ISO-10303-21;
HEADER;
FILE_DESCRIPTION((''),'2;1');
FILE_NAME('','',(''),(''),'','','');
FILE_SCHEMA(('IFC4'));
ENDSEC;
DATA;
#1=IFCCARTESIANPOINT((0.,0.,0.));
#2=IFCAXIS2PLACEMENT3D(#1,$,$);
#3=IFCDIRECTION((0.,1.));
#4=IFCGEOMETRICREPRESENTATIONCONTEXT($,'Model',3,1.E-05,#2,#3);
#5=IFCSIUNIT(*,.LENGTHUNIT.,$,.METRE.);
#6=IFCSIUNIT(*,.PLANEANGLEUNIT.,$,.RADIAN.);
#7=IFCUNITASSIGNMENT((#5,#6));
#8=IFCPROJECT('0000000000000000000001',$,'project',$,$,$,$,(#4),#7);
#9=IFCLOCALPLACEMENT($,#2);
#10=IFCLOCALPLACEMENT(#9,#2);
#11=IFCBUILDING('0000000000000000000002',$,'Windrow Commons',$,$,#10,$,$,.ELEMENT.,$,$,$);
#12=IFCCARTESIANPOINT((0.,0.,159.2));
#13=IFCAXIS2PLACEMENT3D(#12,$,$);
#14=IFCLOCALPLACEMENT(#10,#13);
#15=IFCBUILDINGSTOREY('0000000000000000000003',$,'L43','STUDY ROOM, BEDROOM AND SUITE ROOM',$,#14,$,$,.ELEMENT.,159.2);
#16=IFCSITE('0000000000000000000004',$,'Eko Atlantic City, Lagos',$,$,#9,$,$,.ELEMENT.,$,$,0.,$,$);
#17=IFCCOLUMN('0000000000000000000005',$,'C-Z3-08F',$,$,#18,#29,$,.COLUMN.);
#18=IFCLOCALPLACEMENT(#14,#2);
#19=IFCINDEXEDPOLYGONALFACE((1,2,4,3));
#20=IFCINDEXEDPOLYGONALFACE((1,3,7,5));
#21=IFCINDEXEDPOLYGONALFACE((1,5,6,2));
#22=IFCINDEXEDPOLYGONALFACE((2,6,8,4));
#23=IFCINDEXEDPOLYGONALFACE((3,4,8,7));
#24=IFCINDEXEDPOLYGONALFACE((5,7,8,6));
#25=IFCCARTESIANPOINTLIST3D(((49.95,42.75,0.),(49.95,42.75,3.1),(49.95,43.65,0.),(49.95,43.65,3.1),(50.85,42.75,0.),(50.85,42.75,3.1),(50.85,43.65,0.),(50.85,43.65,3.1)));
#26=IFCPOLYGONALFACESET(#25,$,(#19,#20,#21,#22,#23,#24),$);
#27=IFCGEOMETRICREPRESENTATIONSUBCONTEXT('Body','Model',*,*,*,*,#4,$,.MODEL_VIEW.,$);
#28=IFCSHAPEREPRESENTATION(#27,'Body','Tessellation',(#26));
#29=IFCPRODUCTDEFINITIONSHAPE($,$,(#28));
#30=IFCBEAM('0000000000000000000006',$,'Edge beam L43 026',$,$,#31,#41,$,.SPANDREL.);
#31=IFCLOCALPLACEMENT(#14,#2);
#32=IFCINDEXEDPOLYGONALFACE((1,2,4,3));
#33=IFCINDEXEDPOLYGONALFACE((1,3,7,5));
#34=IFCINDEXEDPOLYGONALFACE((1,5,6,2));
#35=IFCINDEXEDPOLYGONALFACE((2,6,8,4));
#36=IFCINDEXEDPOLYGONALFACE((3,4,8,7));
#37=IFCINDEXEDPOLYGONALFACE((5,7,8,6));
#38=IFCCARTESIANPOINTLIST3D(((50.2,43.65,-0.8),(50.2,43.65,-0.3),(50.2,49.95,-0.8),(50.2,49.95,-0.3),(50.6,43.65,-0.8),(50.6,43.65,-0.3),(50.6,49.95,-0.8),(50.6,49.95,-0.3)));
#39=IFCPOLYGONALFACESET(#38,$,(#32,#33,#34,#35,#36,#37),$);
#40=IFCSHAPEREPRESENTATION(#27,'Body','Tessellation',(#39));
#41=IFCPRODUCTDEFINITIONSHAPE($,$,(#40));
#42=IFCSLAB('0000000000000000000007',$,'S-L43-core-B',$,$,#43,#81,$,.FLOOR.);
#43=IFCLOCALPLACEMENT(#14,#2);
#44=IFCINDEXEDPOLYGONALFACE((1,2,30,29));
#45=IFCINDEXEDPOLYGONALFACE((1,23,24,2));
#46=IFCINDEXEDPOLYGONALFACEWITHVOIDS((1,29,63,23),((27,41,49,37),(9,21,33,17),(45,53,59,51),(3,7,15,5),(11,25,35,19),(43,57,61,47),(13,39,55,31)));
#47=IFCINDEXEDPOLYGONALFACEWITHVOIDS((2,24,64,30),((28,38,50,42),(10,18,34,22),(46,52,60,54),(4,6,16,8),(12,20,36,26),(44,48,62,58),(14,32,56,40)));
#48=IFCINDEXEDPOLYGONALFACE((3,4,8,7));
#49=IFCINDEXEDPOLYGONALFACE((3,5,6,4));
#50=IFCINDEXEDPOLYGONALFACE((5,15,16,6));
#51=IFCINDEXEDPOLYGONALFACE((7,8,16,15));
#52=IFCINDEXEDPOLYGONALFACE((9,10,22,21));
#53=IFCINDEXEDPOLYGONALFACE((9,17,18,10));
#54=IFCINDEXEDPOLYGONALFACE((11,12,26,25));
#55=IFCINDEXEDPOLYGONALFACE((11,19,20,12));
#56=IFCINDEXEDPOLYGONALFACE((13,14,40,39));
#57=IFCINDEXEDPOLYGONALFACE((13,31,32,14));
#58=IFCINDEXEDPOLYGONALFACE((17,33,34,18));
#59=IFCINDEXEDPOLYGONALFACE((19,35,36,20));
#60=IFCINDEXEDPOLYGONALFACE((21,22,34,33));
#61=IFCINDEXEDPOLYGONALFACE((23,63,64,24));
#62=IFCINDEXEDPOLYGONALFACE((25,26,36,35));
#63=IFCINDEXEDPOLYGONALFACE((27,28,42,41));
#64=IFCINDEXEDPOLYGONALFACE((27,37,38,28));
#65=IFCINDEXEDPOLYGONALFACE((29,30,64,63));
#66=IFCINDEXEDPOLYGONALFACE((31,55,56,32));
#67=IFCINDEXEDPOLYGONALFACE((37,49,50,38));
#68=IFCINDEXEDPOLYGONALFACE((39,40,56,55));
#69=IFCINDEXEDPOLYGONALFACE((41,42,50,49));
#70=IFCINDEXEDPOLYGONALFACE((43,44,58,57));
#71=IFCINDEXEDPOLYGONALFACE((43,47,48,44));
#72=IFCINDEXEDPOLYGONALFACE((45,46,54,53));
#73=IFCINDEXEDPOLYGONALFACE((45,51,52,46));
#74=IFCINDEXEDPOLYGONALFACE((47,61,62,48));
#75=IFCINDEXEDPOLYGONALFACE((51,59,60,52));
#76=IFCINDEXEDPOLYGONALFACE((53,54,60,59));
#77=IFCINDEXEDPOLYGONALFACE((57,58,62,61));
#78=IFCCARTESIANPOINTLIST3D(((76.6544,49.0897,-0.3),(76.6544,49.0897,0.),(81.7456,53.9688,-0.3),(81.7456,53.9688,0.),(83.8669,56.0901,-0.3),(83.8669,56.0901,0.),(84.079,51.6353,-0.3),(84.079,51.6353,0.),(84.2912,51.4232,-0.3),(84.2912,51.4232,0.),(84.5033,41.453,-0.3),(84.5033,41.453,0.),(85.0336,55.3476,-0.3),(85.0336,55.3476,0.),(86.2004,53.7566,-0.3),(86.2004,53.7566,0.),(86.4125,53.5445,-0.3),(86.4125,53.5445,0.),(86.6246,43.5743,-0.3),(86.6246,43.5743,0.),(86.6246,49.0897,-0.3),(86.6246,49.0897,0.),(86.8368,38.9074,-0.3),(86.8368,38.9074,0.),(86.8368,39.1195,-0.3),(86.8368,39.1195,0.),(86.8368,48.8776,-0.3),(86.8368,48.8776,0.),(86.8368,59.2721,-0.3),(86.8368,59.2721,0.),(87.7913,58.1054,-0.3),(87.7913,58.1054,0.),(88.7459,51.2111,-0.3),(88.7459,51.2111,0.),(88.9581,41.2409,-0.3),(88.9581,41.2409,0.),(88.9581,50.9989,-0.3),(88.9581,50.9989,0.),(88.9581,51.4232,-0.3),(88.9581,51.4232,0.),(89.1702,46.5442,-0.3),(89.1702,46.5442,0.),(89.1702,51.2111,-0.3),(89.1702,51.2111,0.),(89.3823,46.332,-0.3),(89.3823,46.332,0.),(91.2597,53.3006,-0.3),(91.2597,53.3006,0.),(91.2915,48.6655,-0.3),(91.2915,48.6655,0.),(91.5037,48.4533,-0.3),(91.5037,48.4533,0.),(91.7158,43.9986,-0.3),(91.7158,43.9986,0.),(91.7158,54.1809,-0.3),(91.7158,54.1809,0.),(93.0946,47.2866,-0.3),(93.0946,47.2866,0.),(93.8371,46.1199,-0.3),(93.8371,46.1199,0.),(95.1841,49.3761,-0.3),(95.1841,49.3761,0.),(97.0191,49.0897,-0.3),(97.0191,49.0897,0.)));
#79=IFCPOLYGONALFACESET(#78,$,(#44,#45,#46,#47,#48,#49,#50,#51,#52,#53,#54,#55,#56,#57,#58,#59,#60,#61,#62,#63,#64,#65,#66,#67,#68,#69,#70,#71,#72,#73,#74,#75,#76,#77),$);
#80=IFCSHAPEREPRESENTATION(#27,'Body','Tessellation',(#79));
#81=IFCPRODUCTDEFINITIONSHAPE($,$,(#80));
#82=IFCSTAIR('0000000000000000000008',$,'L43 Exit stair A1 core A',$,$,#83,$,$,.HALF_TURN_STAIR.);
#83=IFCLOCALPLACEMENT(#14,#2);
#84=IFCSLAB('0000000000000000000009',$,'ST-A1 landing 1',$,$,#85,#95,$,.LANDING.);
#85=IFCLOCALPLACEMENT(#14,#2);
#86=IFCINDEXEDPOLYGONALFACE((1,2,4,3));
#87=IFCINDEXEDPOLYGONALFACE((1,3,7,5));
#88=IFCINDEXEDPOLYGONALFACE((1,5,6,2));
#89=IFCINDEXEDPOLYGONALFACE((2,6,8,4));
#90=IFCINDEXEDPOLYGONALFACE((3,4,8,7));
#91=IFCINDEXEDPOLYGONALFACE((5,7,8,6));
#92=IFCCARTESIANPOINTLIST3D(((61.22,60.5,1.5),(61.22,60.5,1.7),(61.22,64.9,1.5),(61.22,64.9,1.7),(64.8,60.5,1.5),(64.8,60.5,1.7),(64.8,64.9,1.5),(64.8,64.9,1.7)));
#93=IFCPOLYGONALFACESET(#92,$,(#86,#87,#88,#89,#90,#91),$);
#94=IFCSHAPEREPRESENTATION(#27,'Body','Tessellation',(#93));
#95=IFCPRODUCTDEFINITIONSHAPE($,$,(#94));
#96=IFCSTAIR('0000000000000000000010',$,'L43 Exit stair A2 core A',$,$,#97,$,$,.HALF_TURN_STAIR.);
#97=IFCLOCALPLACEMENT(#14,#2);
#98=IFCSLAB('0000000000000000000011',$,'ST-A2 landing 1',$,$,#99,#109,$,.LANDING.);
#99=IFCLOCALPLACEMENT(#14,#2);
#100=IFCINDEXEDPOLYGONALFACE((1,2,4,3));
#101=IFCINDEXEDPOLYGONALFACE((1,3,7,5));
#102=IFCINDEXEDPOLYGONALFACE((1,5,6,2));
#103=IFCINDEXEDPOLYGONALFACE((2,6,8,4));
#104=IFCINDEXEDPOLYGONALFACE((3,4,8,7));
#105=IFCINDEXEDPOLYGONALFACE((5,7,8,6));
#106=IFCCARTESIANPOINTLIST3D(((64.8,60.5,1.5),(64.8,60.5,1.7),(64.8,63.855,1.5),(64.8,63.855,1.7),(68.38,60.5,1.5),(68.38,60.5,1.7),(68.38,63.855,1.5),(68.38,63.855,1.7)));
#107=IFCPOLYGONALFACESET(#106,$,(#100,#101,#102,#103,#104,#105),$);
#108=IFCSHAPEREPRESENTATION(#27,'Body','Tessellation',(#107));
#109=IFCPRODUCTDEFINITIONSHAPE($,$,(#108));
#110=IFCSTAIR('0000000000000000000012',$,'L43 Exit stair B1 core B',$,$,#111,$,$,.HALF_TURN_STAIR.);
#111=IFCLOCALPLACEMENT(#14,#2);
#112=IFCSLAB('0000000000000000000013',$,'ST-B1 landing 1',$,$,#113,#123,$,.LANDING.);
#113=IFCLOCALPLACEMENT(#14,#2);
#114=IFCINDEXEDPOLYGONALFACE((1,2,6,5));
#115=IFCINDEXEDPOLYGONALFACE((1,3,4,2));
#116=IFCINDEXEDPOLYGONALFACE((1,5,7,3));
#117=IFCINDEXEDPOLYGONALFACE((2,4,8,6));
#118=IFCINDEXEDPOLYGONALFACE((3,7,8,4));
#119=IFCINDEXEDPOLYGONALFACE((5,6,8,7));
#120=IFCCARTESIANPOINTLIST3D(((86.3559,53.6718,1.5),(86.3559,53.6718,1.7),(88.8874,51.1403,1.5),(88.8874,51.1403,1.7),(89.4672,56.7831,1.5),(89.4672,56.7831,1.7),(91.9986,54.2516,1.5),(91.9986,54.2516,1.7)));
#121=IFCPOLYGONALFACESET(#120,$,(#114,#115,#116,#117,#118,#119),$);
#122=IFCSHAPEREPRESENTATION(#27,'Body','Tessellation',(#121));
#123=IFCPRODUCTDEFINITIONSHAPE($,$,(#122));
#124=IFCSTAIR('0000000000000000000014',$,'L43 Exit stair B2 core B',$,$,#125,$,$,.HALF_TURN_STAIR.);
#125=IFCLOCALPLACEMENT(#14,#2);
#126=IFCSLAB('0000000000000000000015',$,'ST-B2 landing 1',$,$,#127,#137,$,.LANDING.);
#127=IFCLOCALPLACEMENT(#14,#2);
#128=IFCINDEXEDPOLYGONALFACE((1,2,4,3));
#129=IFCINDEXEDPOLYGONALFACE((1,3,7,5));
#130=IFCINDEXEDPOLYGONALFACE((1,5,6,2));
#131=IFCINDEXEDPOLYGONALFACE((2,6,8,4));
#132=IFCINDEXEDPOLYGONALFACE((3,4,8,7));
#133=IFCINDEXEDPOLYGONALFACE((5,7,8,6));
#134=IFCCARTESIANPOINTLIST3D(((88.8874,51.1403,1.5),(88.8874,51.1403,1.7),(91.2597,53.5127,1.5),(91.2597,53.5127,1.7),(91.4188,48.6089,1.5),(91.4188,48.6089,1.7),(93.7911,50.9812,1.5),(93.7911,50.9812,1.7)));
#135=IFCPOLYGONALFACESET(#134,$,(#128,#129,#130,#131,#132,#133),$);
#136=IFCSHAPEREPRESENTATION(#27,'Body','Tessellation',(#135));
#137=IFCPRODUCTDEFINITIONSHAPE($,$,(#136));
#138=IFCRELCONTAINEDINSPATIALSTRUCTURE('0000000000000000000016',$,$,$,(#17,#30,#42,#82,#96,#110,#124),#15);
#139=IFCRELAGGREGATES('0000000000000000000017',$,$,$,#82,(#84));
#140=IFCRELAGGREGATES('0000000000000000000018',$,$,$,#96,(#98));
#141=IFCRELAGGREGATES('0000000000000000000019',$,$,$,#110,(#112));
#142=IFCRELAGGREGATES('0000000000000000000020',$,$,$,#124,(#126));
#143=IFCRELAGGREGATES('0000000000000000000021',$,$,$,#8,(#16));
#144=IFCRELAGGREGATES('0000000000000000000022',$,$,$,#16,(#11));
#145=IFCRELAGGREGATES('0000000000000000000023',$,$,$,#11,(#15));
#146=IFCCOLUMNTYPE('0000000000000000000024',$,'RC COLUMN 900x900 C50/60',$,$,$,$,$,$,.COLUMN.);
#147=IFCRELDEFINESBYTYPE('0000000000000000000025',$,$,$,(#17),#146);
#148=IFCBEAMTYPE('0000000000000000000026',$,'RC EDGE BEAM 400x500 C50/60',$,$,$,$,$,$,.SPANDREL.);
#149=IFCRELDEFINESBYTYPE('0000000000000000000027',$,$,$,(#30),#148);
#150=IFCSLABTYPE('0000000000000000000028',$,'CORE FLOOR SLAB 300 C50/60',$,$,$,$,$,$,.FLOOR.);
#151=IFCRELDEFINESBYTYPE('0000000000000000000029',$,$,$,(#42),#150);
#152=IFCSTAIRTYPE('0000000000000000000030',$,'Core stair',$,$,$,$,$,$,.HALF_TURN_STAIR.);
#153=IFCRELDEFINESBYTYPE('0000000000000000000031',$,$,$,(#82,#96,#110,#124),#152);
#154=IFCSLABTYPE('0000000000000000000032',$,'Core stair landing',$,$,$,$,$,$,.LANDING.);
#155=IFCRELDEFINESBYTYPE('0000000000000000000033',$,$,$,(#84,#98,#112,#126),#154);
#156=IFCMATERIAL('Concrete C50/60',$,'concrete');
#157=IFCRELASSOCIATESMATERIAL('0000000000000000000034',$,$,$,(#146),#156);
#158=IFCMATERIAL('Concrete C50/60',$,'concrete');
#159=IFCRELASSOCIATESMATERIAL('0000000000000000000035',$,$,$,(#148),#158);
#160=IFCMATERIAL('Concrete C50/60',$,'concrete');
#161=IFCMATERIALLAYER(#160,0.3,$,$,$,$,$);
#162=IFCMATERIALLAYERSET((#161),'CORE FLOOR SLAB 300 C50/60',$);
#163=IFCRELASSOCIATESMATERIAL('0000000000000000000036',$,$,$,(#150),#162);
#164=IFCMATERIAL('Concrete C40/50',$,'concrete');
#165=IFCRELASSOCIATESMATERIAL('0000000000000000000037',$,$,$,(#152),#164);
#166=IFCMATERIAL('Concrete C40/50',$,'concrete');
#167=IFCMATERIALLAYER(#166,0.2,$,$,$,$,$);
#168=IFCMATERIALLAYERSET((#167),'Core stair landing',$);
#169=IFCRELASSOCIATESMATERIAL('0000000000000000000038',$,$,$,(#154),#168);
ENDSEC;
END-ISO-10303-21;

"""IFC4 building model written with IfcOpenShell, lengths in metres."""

from ifc_helpers import new_model, si_unit, direction, frame, origin, origin_2d, place, context, subcontext, project, spatial, polyline, rectangle, outline, extrude, material, layer, layer_set, material_profile, profile_set, type_object, element, aggregate, save


model = new_model("IFC4")

# Units and contexts
model_context = context("Model", 3, precision=1e-05, world=origin(), true_north=direction((0.0, 1.0)))
body_context = subcontext(model_context, "Body", "Model", "MODEL_VIEW")
ifc_project = project(units=[si_unit("LENGTHUNIT", "METRE"), si_unit("PLANEANGLEUNIT", "RADIAN")], contexts=[model_context])

# Site, building, storey
site_placement = place(None, origin())
site = spatial("IfcSite", under=ifc_project, at=site_placement, Name="Eko Atlantic City, Lagos", CompositionType="ELEMENT", RefElevation=0.0)
building_placement = place(site_placement, origin())
building = spatial("IfcBuilding", under=site, at=building_placement, Name="Windrow Commons", CompositionType="ELEMENT")
storey_placement = place(building_placement, frame((0.0, 0.0, 159.2)))
storey = spatial("IfcBuildingStorey", under=building, at=storey_placement, Name="L43", Description="STUDY ROOM, BEDROOM AND SUITE ROOM", CompositionType="ELEMENT", Elevation=159.2)

# Column
ifc_material_1 = material(Name="Concrete C50/60", Category="concrete")
ifc_material_profile_1 = material_profile(ifc_material_1, rectangle(XDim=0.9, YDim=0.9, at=origin_2d()))
ifc_profile_set_1 = profile_set([ifc_material_profile_1], Name="Concrete C50/60")
column_type = type_object("IfcColumnType", Name="RC COLUMN 900x900 C50/60", PredefinedType="COLUMN", material=ifc_profile_set_1)
column_placement = place(storey_placement, frame((50.4, 43.2, 0.0), z_axis=(0.0, 0.0, 1.0), x_axis=(1.0, 0.0, 0.0)))
element("IfcColumn", 1, at=column_placement, inside=storey, type_object=column_type, Name="C-Z3-08F", PredefinedType="COLUMN", context=body_context, shape_type="SweptSolid", body=[
    extrude(rectangle(XDim=0.9, YDim=0.9, at=origin_2d()), origin(), (0.0, 0.0, 1.0), 3.1),
])

# Beam
ifc_material_2 = material(Name="Concrete C50/60", Category="concrete")
ifc_material_profile_2 = material_profile(ifc_material_2, rectangle(XDim=0.4, YDim=0.5, at=origin_2d()))
ifc_profile_set_2 = profile_set([ifc_material_profile_2], Name="Concrete C50/60")
beam_type = type_object("IfcBeamType", Name="RC EDGE BEAM 400x500 C50/60", PredefinedType="SPANDREL", material=ifc_profile_set_2)
beam_placement = place(storey_placement, frame((50.4, 43.65, -0.55), z_axis=(0.0, 1.0, 0.0), x_axis=(-1.0, 0.0, 0.0)))
element("IfcBeam", 2, at=beam_placement, inside=storey, type_object=beam_type, Name="Edge beam L43 026", PredefinedType="SPANDREL", context=body_context, shape_type="SweptSolid", body=[
    extrude(rectangle(XDim=0.4, YDim=0.5, at=origin_2d()), origin(), (0.0, 0.0, 1.0), 6.3),
])

# Slab, openings
ifc_material_3 = material(Name="Concrete C50/60", Category="concrete")
ifc_layer_1 = layer(ifc_material_3, 0.3)
ifc_layer_set_1 = layer_set([ifc_layer_1], Name="CORE FLOOR SLAB 300 C50/60")
slab_type_1 = type_object("IfcSlabType", Name="CORE FLOOR SLAB 300 C50/60", PredefinedType="FLOOR", material=ifc_layer_set_1)
placement_1 = place(storey_placement, frame((0.0, 0.0, -0.3)))
slab_1 = element("IfcSlab", 3, at=placement_1, inside=storey, type_object=slab_type_1, Name="S-L43-core-B", PredefinedType="FLOOR", context=body_context, shape_type="SweptSolid", body=[
    extrude(outline(polyline([(76.6544, 49.0897), (86.8368, 38.9074), (97.0191, 49.0897), (86.8368, 59.2721), (76.6544, 49.0897)]), holes=[polyline([(84.5033, 41.453), (86.8368, 39.1195), (88.9581, 41.2409), (86.6246, 43.5743), (84.5033, 41.453)]), polyline([(81.7456, 53.9688), (84.079, 51.6353), (86.2004, 53.7566), (83.8669, 56.0901), (81.7456, 53.9688)]), polyline([(84.2912, 51.4232), (86.6246, 49.0897), (88.7459, 51.2111), (86.4125, 53.5445), (84.2912, 51.4232)]), polyline([(86.8368, 48.8776), (89.1702, 46.5442), (91.2915, 48.6655), (88.9581, 50.9989), (86.8368, 48.8776)]), polyline([(89.3823, 46.332), (91.7158, 43.9986), (93.8371, 46.1199), (91.5037, 48.4533), (89.3823, 46.332)]), polyline([(85.0336, 55.3476), (88.9581, 51.4232), (91.7158, 54.1809), (87.7913, 58.1054), (85.0336, 55.3476)]), polyline([(89.1702, 51.2111), (93.0946, 47.2866), (95.1841, 49.3761), (91.2597, 53.3006), (89.1702, 51.2111)])]), origin(), (0.0, 0.0, 1.0), 0.3),
])
opening_1_placement = place(placement_1, origin())
element("IfcOpeningElement", 4, at=opening_1_placement, cuts=slab_1, PredefinedType="OPENING", context=body_context, shape_type="SweptSolid", body=[
    extrude(outline(polyline([(84.5104, 41.453), (86.6246, 43.5672), (88.951, 41.2409), (86.8368, 39.1266), (84.5104, 41.453)])), origin(), (0.0, 0.0, 1.0), 0.3),
])
opening_2_placement = place(placement_1, origin())
element("IfcOpeningElement", 5, at=opening_2_placement, cuts=slab_1, PredefinedType="OPENING", context=body_context, shape_type="SweptSolid", body=[
    extrude(outline(polyline([(81.7527, 53.9688), (83.8669, 56.083), (86.1933, 53.7566), (84.079, 51.6424), (81.7527, 53.9688)])), origin(), (0.0, 0.0, 1.0), 0.3),
])
opening_3_placement = place(placement_1, origin())
element("IfcOpeningElement", 6, at=opening_3_placement, cuts=slab_1, PredefinedType="OPENING", context=body_context, shape_type="SweptSolid", body=[
    extrude(outline(polyline([(84.2983, 51.4232), (86.4125, 53.5374), (88.7388, 51.2111), (86.6246, 49.0968), (84.2983, 51.4232)])), origin(), (0.0, 0.0, 1.0), 0.3),
])
opening_4_placement = place(placement_1, origin())
element("IfcOpeningElement", 7, at=opening_4_placement, cuts=slab_1, PredefinedType="OPENING", context=body_context, shape_type="SweptSolid", body=[
    extrude(outline(polyline([(86.8439, 48.8776), (88.9581, 50.9918), (91.2844, 48.6655), (89.1702, 46.5513), (86.8439, 48.8776)])), origin(), (0.0, 0.0, 1.0), 0.3),
])
opening_5_placement = place(placement_1, origin())
element("IfcOpeningElement", 8, at=opening_5_placement, cuts=slab_1, PredefinedType="OPENING", context=body_context, shape_type="SweptSolid", body=[
    extrude(outline(polyline([(89.3894, 46.332), (91.5037, 48.4462), (93.83, 46.1199), (91.7158, 44.0057), (89.3894, 46.332)])), origin(), (0.0, 0.0, 1.0), 0.3),
])
opening_6_placement = place(placement_1, origin())
element("IfcOpeningElement", 9, at=opening_6_placement, cuts=slab_1, PredefinedType="OPENING", context=body_context, shape_type="SweptSolid", body=[
    extrude(outline(polyline([(85.0407, 55.3476), (87.7913, 58.0983), (91.7087, 54.1809), (88.9581, 51.4303), (85.0407, 55.3476)])), origin(), (0.0, 0.0, 1.0), 0.3),
])
opening_7_placement = place(placement_1, origin())
element("IfcOpeningElement", 10, at=opening_7_placement, cuts=slab_1, PredefinedType="OPENING", context=body_context, shape_type="SweptSolid", body=[
    extrude(outline(polyline([(89.1773, 51.2111), (91.2597, 53.2935), (95.177, 49.3761), (93.0946, 47.2937), (89.1773, 51.2111)])), origin(), (0.0, 0.0, 1.0), 0.3),
])

# Stairs, slabs
ifc_material_4 = material(Name="Concrete C40/50", Category="concrete")
stair_type = type_object("IfcStairType", Name="Core stair", PredefinedType="HALF_TURN_STAIR", material=ifc_material_4)
placement_2 = place(storey_placement, origin())
stair_1 = element("IfcStair", 11, at=placement_2, inside=storey, type_object=stair_type, Name="L43 Exit stair A1 core A", PredefinedType="HALF_TURN_STAIR")
ifc_material_5 = material(Name="Concrete C40/50", Category="concrete")
ifc_layer_2 = layer(ifc_material_5, 0.2)
ifc_layer_set_2 = layer_set([ifc_layer_2], Name="Core stair landing")
slab_type_2 = type_object("IfcSlabType", Name="Core stair landing", PredefinedType="LANDING", material=ifc_layer_set_2)
placement_3 = place(storey_placement, frame((0.0, 0.0, 1.5)))
slab_2 = element("IfcSlab", 12, at=placement_3, type_object=slab_type_2, Name="ST-A1 landing 1", PredefinedType="LANDING", context=body_context, shape_type="SweptSolid", body=[
    extrude(outline(polyline([(61.22, 60.5), (64.8, 60.5), (64.8, 64.9), (61.22, 64.9), (61.22, 60.5)])), origin(), (0.0, 0.0, 1.0), 0.2),
])
aggregate(stair_1, [slab_2])
stair_2 = element("IfcStair", 13, at=placement_2, inside=storey, type_object=stair_type, Name="L43 Exit stair A2 core A", PredefinedType="HALF_TURN_STAIR")
slab_3 = element("IfcSlab", 14, at=placement_3, type_object=slab_type_2, Name="ST-A2 landing 1", PredefinedType="LANDING", context=body_context, shape_type="SweptSolid", body=[
    extrude(outline(polyline([(64.8, 60.5), (68.38, 60.5), (68.38, 63.855), (64.8, 63.855), (64.8, 60.5)])), origin(), (0.0, 0.0, 1.0), 0.2),
])
aggregate(stair_2, [slab_3])
stair_3 = element("IfcStair", 15, at=placement_2, inside=storey, type_object=stair_type, Name="L43 Exit stair B1 core B", PredefinedType="HALF_TURN_STAIR")
slab_4 = element("IfcSlab", 16, at=placement_3, type_object=slab_type_2, Name="ST-B1 landing 1", PredefinedType="LANDING", context=body_context, shape_type="SweptSolid", body=[
    extrude(outline(polyline([(86.3559, 53.6718), (88.8874, 51.1403), (91.9986, 54.2516), (89.4672, 56.7831), (86.3559, 53.6718)])), origin(), (0.0, 0.0, 1.0), 0.2),
])
aggregate(stair_3, [slab_4])
stair_4 = element("IfcStair", 17, at=placement_2, inside=storey, type_object=stair_type, Name="L43 Exit stair B2 core B", PredefinedType="HALF_TURN_STAIR")
slab_5 = element("IfcSlab", 18, at=placement_3, type_object=slab_type_2, Name="ST-B2 landing 1", PredefinedType="LANDING", context=body_context, shape_type="SweptSolid", body=[
    extrude(outline(polyline([(88.8874, 51.1403), (91.4188, 48.6089), (93.7911, 50.9812), (91.2597, 53.5127), (88.8874, 51.1403)])), origin(), (0.0, 0.0, 1.0), 0.2),
])
aggregate(stair_4, [slab_5])

save(model, "model.ifc")
